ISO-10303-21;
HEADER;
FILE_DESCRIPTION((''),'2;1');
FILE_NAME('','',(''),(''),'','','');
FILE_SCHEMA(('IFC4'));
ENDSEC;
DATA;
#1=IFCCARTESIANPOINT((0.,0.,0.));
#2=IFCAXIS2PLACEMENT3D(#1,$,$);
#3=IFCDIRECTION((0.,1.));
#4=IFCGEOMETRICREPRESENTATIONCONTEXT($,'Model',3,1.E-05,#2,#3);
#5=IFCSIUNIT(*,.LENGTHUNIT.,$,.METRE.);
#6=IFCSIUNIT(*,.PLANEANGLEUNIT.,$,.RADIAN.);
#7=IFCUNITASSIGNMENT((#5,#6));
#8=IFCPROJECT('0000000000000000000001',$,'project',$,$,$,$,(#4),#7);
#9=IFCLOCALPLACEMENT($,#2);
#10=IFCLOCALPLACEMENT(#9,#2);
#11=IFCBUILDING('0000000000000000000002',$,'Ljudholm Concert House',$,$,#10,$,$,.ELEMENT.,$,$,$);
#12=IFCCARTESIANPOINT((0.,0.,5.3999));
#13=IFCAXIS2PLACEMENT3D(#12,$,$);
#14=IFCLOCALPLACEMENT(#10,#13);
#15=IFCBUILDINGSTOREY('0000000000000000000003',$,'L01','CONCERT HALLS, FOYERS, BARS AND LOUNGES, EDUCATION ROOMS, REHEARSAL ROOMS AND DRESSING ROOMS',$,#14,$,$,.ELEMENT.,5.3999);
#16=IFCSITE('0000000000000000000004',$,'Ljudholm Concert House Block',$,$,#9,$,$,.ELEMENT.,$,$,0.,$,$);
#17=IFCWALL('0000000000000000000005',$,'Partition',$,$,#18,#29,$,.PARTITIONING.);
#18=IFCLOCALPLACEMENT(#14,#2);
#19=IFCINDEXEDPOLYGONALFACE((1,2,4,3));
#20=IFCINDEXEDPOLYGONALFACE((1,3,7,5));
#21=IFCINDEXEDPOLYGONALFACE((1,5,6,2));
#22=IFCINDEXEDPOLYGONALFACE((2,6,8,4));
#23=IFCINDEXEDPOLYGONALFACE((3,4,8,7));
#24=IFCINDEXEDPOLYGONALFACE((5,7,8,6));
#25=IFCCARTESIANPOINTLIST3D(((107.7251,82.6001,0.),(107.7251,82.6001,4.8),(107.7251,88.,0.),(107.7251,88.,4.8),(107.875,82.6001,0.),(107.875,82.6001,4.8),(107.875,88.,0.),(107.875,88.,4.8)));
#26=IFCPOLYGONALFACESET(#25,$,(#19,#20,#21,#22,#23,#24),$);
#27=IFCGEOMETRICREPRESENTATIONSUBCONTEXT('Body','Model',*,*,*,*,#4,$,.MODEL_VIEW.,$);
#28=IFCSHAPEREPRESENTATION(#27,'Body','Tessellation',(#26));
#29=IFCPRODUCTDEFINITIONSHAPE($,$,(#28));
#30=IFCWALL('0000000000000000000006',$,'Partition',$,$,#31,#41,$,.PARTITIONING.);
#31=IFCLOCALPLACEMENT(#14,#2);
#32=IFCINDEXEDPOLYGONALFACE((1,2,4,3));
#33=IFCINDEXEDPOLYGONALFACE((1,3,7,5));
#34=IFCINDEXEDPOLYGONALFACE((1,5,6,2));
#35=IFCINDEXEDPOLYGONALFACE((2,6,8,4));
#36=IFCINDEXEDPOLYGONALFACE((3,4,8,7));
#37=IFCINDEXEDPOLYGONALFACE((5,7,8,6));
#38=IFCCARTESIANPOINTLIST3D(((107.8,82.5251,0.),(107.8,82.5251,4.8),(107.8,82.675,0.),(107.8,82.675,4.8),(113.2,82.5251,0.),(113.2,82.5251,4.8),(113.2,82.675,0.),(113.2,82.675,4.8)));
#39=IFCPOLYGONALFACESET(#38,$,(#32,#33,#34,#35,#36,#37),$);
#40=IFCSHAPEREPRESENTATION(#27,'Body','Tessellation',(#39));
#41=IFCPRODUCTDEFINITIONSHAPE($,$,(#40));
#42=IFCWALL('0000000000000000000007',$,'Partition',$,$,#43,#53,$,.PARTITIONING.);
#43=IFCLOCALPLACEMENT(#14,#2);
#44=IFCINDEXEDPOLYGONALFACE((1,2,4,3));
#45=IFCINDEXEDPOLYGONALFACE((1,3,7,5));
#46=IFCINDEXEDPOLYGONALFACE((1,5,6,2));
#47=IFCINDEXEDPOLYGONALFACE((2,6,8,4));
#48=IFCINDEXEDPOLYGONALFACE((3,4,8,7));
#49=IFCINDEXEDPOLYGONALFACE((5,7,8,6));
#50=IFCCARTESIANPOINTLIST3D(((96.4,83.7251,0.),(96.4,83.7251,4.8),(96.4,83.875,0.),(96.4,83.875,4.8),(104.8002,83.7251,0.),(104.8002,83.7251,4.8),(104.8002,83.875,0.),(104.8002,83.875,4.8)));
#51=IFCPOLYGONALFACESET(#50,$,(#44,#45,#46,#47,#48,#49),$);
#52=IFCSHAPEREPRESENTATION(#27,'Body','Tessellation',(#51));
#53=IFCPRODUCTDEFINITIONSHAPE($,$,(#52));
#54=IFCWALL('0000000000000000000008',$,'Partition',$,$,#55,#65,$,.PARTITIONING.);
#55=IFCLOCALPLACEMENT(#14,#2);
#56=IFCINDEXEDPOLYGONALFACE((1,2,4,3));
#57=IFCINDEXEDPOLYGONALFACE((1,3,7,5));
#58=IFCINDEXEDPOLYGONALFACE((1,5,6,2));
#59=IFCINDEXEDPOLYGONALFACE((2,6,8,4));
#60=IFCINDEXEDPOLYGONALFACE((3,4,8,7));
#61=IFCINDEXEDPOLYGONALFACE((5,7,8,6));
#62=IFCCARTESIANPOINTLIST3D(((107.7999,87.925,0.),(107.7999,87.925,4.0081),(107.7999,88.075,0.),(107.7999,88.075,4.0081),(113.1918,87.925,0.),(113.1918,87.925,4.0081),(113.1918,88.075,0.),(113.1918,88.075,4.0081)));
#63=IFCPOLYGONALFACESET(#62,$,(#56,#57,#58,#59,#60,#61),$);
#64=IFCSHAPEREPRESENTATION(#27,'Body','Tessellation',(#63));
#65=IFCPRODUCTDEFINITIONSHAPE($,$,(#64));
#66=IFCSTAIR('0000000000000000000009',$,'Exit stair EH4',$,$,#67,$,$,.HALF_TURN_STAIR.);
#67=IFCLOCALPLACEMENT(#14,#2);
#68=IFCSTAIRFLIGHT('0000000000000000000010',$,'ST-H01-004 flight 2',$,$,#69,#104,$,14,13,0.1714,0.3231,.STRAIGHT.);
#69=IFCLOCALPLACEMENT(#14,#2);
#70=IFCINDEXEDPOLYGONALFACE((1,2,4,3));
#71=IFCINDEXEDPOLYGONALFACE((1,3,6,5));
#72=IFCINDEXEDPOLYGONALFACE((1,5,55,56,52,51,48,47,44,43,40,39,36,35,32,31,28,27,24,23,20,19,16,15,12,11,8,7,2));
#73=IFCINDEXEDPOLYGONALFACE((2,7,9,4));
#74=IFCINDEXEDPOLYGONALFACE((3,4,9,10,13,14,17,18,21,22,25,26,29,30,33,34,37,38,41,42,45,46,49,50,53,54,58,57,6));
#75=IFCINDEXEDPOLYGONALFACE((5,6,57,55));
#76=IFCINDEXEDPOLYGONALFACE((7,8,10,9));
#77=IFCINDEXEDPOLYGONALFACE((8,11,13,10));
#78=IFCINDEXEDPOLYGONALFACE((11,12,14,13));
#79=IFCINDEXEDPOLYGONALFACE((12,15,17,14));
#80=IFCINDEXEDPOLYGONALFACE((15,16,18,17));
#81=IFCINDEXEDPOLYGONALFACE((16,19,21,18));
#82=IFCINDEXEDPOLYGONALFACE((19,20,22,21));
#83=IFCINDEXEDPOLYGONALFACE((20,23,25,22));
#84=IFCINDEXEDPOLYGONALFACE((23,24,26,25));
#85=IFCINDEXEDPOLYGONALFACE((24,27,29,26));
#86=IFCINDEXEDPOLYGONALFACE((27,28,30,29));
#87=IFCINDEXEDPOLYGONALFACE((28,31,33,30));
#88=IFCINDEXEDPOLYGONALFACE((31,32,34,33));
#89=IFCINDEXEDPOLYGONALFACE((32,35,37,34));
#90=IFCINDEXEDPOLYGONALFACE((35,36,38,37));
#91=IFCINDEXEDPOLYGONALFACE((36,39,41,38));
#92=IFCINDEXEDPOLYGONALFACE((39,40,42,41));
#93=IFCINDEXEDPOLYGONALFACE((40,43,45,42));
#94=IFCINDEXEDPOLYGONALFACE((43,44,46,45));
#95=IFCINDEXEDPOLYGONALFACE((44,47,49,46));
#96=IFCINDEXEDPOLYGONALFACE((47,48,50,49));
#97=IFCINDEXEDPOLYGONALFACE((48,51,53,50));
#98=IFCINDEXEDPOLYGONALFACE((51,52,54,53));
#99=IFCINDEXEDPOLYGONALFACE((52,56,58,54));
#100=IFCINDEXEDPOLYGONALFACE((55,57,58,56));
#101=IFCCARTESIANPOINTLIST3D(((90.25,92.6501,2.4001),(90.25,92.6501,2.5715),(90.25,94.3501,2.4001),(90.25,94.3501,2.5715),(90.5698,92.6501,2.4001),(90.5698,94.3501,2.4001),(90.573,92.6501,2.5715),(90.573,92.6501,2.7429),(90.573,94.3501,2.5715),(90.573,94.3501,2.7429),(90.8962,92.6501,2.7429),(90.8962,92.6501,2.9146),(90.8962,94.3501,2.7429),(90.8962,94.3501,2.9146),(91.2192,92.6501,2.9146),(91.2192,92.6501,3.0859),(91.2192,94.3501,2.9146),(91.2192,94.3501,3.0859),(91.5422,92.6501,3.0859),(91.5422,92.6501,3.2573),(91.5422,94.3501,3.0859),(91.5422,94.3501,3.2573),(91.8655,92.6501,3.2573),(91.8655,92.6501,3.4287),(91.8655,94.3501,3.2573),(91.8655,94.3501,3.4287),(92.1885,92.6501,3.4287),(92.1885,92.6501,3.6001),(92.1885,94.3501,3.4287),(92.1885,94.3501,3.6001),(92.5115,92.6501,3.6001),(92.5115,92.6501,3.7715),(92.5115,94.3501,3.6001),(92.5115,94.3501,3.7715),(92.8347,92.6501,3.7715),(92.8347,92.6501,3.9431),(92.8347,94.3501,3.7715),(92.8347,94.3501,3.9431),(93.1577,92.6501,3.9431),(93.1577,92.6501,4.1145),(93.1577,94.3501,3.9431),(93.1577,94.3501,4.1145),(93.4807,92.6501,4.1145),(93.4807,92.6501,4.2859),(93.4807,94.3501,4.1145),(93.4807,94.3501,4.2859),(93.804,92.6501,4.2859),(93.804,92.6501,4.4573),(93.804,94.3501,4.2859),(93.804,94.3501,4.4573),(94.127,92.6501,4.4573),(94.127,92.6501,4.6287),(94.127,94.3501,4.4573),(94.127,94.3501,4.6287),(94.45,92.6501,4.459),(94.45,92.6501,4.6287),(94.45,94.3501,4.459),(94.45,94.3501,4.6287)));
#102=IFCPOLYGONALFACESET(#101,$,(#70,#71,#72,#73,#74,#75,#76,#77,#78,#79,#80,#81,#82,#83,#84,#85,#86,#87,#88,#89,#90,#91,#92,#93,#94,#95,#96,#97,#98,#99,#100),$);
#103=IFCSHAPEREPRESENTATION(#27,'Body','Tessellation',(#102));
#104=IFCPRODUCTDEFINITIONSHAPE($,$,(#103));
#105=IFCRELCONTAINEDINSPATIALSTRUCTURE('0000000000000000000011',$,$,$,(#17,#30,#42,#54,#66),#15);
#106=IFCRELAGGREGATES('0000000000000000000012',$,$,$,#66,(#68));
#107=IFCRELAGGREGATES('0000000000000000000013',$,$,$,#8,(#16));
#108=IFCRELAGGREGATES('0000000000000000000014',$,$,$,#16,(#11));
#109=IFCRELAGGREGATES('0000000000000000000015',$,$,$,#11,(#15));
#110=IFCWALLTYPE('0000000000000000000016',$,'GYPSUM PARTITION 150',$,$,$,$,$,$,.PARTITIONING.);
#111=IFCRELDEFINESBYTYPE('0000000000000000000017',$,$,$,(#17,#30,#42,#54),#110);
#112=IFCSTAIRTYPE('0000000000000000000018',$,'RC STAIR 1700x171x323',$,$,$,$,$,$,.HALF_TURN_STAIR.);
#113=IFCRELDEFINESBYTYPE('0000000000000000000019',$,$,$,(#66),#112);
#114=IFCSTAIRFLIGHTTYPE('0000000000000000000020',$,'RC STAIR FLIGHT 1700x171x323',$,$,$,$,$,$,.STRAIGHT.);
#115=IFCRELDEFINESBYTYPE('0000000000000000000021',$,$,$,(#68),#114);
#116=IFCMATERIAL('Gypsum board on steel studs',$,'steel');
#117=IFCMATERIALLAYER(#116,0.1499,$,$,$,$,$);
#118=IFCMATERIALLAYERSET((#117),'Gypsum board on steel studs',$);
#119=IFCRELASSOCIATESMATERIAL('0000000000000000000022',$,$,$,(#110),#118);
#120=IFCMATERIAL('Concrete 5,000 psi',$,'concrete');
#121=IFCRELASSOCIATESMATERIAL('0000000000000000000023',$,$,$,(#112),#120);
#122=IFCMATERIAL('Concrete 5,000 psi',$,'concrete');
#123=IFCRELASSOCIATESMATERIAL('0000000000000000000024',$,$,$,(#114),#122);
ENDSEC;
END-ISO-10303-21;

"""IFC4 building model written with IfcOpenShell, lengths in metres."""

from ifc_helpers import new_model, si_unit, direction, frame, frame_2d, origin, place, context, subcontext, project, spatial, polyline, rectangle, outline, extrude, material, layer, layer_set, type_object, element, aggregate, save


model = new_model("IFC4")

# Units and contexts
model_context = context("Model", 3, precision=1e-05, world=origin(), true_north=direction((0.0, 1.0)))
body_context = subcontext(model_context, "Body", "Model", "MODEL_VIEW")
ifc_project = project(units=[si_unit("LENGTHUNIT", "METRE"), si_unit("PLANEANGLEUNIT", "RADIAN")], contexts=[model_context])

# Site, building, storey
site_placement = place(None, origin())
site = spatial("IfcSite", under=ifc_project, at=site_placement, Name="Ljudholm Concert House Block", CompositionType="ELEMENT", RefElevation=0.0)
building_placement = place(site_placement, origin())
building = spatial("IfcBuilding", under=site, at=building_placement, Name="Ljudholm Concert House", CompositionType="ELEMENT")
storey_placement = place(building_placement, frame((0.0, 0.0, 5.3999)))
storey = spatial("IfcBuildingStorey", under=building, at=storey_placement, Name="L01", Description="CONCERT HALLS, FOYERS, BARS AND LOUNGES, EDUCATION ROOMS, REHEARSAL ROOMS AND DRESSING ROOMS", CompositionType="ELEMENT", Elevation=5.3999)

# Shared definitions
ifc_material_1 = material(Name="Gypsum board on steel studs", Category="steel")
ifc_layer_1 = layer(ifc_material_1, 0.1499)
ifc_layer_set_1 = layer_set([ifc_layer_1], Name="Gypsum board on steel studs")
wall_type_1 = type_object("IfcWallType", Name="GYPSUM PARTITION 150", PredefinedType="PARTITIONING", material=ifc_layer_set_1)

# Walls
for number, where, z_axis, x_axis, name in (
    (1, (107.8, 82.6001, 0.0), (0.0, 0.0, 1.0), (0.0, 1.0, 0.0), "Partition"),
    (2, (107.8, 82.6001, 0.0), (0.0, 0.0, 1.0), (1.0, 0.0, 0.0), "Partition"),
):
    element("IfcWall", number, at=place(storey_placement, frame(where, z_axis=z_axis, x_axis=x_axis)), inside=storey, type_object=wall_type_1, Name=name, PredefinedType="PARTITIONING", context=body_context, shape_type="SweptSolid", body=[
        extrude(rectangle(XDim=5.3999, YDim=0.1499, at=frame_2d((2.7, 0.0))), origin(), (0.0, 0.0, 1.0), 4.8),
    ])
wall_1_placement = place(storey_placement, frame((96.3999, 83.8, 0.0), z_axis=(0.0, 0.0, 1.0), x_axis=(1.0, 0.0, 0.0)))
element("IfcWall", 3, at=wall_1_placement, inside=storey, type_object=wall_type_1, Name="Partition", PredefinedType="PARTITIONING", context=body_context, shape_type="SweptSolid", body=[
    extrude(rectangle(XDim=8.4001, YDim=0.1499, at=frame_2d((4.2002, 0.0))), origin(), (0.0, 0.0, 1.0), 4.8),
])
wall_2_placement = place(storey_placement, frame((107.8, 88.0, 0.0), z_axis=(0.0, 0.0, 1.0), x_axis=(1.0, 0.0, 0.0)))
element("IfcWall", 4, at=wall_2_placement, inside=storey, type_object=wall_type_1, Name="Partition", PredefinedType="PARTITIONING", context=body_context, shape_type="SweptSolid", body=[
    extrude(rectangle(XDim=5.3918, YDim=0.1499, at=frame_2d((2.6958, 0.0))), origin(), (0.0, 0.0, 1.0), 4.0081),
])

# Stair, stair flight
ifc_material_2 = material(Name="Concrete 5,000 psi", Category="concrete")
stair_type = type_object("IfcStairType", Name="RC STAIR 1700x171x323", PredefinedType="HALF_TURN_STAIR", material=ifc_material_2)
stair_placement = place(storey_placement, origin())
stair = element("IfcStair", 5, at=stair_placement, inside=storey, type_object=stair_type, Name="Exit stair EH4", PredefinedType="HALF_TURN_STAIR")
ifc_material_3 = material(Name="Concrete 5,000 psi", Category="concrete")
stair_flight_type = type_object("IfcStairFlightType", Name="RC STAIR FLIGHT 1700x171x323", PredefinedType="STRAIGHT", material=ifc_material_3)
stair_flight_placement = place(storey_placement, frame((90.25, 93.5, 2.4001), z_axis=(0.0, 0.0, 1.0), x_axis=(1.0, 0.0, 0.0)))
stair_flight = element("IfcStairFlight", 6, at=stair_flight_placement, type_object=stair_flight_type, Name="ST-H01-004 flight 2", NumberOfRisers=14, NumberOfTreads=13, PredefinedType="STRAIGHT", RiserHeight=0.1714, TreadLength=0.3231, context=body_context, shape_type="SweptSolid", body=[
    extrude(outline(polyline([(0.0, 0.0), (0.0, 0.1714), (0.323, 0.1714), (0.323, 0.3428), (0.6462, 0.3428), (0.6462, 0.5144), (0.9692, 0.5144), (0.9692, 0.6858), (1.2922, 0.6858), (1.2922, 0.8572), (1.6155, 0.8572), (1.6155, 1.0286), (1.9385, 1.0286), (1.9385, 1.2), (2.2615, 1.2), (2.2615, 1.3713), (2.5847, 1.3713), (2.5847, 1.543), (2.9077, 1.543), (2.9077, 1.7144), (3.2307, 1.7144), (3.2307, 1.8857), (3.554, 1.8857), (3.554, 2.0571), (3.877, 2.0571), (3.877, 2.2285), (4.2, 2.2285), (4.2, 2.3999), (4.2, 2.0588), (0.3198, 0.0), (0.0, 0.0)])), frame((0.0, 0.8501, 0.0), z_axis=(0.0, -1.0, 0.0), x_axis=(1.0, 0.0, 0.0)), (0.0, 0.0, 1.0), 1.7),
])
aggregate(stair, [stair_flight])

save(model, "model.ifc")
